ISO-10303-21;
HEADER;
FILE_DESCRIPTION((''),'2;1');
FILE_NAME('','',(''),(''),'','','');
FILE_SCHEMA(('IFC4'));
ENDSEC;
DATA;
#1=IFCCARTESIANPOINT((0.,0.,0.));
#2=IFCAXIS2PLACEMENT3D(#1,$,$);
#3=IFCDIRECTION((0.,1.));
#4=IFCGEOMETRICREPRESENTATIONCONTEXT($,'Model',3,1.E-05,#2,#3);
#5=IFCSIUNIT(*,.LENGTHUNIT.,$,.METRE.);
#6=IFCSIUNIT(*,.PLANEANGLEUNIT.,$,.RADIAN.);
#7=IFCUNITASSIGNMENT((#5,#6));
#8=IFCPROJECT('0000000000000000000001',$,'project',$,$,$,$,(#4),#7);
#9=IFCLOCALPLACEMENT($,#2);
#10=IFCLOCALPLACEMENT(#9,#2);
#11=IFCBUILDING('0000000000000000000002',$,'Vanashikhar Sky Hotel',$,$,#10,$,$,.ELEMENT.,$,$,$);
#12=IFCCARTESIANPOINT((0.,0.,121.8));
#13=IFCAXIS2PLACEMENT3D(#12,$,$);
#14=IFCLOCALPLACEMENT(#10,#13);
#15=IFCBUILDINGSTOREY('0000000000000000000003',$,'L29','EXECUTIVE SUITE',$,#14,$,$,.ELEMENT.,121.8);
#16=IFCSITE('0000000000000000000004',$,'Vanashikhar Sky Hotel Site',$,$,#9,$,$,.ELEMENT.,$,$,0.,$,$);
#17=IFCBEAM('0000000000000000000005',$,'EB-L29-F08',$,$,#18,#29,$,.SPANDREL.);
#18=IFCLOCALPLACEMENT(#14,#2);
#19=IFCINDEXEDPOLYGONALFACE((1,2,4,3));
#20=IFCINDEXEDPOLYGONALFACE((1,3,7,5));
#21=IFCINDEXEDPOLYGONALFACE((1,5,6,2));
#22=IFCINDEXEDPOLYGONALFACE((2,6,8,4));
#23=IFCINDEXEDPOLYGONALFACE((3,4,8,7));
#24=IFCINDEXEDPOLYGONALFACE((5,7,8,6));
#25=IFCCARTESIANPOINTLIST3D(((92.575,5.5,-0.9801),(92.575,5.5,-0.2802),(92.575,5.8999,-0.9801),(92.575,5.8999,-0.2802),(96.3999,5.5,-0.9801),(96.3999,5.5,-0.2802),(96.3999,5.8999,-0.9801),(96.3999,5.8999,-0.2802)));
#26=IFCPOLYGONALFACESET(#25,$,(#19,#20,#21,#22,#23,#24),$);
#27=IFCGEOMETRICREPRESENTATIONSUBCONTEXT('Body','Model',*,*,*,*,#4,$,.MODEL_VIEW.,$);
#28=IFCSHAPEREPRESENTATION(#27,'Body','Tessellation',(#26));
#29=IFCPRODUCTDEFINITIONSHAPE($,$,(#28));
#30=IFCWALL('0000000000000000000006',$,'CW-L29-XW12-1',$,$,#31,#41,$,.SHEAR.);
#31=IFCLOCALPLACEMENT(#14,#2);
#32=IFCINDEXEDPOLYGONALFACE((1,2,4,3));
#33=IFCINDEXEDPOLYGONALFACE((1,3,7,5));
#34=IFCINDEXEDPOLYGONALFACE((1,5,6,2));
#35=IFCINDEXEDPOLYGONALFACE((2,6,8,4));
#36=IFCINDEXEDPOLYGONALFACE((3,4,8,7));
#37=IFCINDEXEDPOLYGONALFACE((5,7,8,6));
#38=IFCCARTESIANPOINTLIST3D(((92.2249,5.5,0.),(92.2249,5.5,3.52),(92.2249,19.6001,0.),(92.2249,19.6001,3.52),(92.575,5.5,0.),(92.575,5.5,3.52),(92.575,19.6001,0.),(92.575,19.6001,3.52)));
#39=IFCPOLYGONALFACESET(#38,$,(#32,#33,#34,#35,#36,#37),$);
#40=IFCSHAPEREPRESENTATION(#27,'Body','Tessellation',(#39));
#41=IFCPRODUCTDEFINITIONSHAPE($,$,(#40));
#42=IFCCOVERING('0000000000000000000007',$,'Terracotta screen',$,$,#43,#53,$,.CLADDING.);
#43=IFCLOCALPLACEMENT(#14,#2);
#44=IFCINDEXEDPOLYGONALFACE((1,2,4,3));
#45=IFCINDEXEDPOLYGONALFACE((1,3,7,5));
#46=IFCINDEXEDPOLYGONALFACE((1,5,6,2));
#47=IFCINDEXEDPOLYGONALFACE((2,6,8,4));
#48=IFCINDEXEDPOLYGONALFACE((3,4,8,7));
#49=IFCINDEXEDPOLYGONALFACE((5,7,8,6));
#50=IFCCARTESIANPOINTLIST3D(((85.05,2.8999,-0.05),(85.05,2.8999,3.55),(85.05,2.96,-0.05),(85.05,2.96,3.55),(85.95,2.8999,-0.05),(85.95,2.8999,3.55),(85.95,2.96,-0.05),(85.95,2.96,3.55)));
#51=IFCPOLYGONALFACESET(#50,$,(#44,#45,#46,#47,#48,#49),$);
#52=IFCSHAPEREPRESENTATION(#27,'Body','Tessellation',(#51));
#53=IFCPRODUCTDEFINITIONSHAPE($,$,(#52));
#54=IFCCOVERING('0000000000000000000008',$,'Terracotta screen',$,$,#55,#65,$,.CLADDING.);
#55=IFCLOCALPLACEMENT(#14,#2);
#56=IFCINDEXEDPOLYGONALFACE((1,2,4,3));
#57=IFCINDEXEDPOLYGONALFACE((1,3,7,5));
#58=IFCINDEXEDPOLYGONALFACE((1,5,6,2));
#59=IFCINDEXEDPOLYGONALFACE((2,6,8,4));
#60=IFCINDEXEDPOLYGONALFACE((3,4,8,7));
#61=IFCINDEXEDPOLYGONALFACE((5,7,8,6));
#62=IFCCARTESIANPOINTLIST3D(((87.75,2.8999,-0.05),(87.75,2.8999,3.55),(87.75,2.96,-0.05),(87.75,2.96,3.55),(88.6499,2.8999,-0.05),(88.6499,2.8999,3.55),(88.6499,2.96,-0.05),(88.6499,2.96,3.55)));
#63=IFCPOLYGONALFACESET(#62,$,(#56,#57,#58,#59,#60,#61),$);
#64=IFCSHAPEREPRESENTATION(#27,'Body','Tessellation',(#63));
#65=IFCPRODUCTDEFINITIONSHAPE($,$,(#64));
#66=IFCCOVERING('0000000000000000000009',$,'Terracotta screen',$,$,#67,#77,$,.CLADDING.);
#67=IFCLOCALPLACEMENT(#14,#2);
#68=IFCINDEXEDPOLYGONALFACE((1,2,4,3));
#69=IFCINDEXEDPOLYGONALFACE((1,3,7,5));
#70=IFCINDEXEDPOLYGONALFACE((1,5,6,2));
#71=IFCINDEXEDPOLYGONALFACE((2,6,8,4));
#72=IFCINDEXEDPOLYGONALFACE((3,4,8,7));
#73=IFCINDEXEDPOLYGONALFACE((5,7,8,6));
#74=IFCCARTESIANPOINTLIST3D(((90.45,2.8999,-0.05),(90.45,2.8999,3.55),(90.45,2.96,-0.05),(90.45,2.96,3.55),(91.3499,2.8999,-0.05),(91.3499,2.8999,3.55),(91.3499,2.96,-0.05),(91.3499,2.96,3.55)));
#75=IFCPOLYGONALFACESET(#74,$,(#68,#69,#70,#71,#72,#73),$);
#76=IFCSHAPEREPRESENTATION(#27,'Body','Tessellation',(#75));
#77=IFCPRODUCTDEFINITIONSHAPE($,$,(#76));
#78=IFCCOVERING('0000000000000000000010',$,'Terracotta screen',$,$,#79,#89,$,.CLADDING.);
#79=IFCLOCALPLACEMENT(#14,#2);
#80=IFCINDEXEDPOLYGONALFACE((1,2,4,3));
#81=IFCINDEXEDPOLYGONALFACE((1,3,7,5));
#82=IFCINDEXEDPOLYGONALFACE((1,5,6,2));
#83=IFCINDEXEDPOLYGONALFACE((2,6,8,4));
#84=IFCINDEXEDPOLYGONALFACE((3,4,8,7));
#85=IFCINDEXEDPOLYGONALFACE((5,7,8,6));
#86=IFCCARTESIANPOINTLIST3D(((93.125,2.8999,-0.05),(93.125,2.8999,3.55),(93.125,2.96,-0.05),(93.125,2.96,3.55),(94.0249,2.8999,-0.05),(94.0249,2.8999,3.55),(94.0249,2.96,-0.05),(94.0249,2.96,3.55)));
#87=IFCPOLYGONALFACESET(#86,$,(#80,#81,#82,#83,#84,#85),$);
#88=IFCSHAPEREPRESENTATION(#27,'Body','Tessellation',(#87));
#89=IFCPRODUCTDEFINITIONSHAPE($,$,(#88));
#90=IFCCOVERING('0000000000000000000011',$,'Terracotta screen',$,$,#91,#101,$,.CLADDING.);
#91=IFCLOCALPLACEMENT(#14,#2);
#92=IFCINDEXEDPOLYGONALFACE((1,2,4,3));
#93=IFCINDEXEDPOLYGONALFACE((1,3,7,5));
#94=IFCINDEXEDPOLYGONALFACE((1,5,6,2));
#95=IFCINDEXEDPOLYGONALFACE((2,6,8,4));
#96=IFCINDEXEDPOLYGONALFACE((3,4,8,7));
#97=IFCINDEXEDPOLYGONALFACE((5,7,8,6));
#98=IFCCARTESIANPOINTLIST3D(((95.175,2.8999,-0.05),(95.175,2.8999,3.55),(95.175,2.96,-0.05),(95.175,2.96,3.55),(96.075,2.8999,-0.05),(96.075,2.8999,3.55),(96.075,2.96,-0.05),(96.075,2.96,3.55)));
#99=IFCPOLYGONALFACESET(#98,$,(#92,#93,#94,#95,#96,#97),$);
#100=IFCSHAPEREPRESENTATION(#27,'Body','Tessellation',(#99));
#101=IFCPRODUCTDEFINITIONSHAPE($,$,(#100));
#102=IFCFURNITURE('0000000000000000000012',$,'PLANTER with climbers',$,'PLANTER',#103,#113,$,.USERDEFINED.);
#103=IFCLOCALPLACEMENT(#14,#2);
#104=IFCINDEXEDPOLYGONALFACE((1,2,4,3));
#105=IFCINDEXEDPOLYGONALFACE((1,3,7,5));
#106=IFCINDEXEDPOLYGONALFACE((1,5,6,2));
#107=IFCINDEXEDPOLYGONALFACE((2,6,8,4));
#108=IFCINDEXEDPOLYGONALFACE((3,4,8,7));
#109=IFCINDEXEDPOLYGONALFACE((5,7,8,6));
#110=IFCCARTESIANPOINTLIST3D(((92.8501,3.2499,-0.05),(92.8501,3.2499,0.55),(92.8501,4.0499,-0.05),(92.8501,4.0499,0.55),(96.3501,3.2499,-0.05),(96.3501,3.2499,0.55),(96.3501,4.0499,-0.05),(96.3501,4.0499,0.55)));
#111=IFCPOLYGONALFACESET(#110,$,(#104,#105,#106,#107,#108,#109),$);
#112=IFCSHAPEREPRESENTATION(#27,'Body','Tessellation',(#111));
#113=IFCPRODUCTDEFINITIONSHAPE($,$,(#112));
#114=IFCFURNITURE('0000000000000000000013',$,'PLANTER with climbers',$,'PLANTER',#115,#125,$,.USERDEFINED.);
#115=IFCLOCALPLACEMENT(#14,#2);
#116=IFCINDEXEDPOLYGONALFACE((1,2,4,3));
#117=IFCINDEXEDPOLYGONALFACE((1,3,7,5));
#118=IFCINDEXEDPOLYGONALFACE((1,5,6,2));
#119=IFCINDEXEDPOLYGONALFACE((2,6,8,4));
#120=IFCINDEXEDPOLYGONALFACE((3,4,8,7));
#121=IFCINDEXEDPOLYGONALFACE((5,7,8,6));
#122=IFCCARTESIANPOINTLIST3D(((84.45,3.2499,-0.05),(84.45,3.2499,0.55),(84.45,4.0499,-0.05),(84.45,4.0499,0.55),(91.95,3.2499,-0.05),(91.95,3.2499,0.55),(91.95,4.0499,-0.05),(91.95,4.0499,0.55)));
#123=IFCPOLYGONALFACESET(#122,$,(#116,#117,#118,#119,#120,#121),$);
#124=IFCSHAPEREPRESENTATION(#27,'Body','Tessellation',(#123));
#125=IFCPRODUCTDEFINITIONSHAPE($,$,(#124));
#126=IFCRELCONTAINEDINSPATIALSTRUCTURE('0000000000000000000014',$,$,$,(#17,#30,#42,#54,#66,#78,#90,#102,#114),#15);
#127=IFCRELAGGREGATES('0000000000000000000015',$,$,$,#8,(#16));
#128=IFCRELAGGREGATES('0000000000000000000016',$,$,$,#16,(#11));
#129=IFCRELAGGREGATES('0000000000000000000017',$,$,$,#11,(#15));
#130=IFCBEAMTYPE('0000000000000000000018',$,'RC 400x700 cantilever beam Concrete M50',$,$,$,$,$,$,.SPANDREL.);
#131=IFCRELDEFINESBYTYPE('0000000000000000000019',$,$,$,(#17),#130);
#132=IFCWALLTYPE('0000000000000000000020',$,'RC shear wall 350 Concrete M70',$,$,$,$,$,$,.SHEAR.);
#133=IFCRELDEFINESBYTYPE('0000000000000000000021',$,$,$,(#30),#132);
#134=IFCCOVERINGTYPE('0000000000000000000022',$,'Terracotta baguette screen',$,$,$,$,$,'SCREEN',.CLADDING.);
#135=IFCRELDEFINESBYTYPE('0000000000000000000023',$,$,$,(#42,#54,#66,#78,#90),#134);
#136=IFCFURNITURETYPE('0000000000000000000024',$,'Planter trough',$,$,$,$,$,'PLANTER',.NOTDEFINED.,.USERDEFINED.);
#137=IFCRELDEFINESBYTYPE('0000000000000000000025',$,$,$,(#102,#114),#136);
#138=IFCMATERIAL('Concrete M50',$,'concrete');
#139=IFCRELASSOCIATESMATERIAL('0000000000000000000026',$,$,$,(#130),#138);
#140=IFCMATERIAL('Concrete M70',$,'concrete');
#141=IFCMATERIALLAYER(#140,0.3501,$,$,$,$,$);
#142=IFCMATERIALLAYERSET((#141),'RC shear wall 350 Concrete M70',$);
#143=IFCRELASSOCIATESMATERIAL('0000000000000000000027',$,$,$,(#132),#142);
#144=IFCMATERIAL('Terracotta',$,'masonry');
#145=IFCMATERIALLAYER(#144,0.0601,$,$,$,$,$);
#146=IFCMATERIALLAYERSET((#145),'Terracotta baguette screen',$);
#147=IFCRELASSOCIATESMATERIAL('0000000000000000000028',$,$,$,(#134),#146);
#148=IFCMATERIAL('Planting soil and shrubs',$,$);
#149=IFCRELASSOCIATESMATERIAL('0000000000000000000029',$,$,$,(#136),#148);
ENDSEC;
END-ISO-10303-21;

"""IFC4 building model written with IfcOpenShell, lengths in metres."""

from ifc_helpers import new_model, si_unit, direction, frame, frame_2d, origin, origin_2d, place, context, subcontext, project, spatial, rectangle, extrude, source, transform, mapped, material, layer, layer_set, material_profile, profile_set, type_object, element, save


model = new_model("IFC4")

# Units and contexts
model_context = context("Model", 3, precision=1e-05, world=origin(), true_north=direction((0.0, 1.0)))
body_context = subcontext(model_context, "Body", "Model", "MODEL_VIEW")
ifc_project = project(units=[si_unit("LENGTHUNIT", "METRE"), si_unit("PLANEANGLEUNIT", "RADIAN")], contexts=[model_context])

# Site, building, storey
site_placement = place(None, origin())
site = spatial("IfcSite", under=ifc_project, at=site_placement, Name="Vanashikhar Sky Hotel Site", CompositionType="ELEMENT", RefElevation=0.0)
building_placement = place(site_placement, origin())
building = spatial("IfcBuilding", under=site, at=building_placement, Name="Vanashikhar Sky Hotel", CompositionType="ELEMENT")
storey_placement = place(building_placement, frame((0.0, 0.0, 121.8)))
storey = spatial("IfcBuildingStorey", under=building, at=storey_placement, Name="L29", Description="EXECUTIVE SUITE", CompositionType="ELEMENT", Elevation=121.8)

# Beam
ifc_material_1 = material(Name="Concrete M50", Category="concrete")
ifc_material_profile = material_profile(ifc_material_1, rectangle(XDim=0.3999, YDim=0.7, at=origin_2d()))
ifc_profile_set = profile_set([ifc_material_profile], Name="RC 400x700 cantilever beam Concrete M50")
beam_type = type_object("IfcBeamType", Name="RC 400x700 cantilever beam Concrete M50", PredefinedType="SPANDREL", material=ifc_profile_set)
shared_shape_1 = source(origin(), body_context, "Body", "SweptSolid", [
    extrude(rectangle(XDim=0.3999, YDim=0.7, at=origin_2d()), origin(), (0.0, 0.0, 1.0), 3.825),
])
beam_placement = place(storey_placement, frame((92.575, 5.7, -0.6301), z_axis=(1.0, 0.0, 0.0), x_axis=(0.0, 1.0, 0.0)))
element("IfcBeam", 1, at=beam_placement, inside=storey, type_object=beam_type, Name="EB-L29-F08", PredefinedType="SPANDREL", context=body_context, shape_type="MappedRepresentation", body=[
    mapped(shared_shape_1, transform((0.0, 0.0, 0.0), scale=1.0)),
])

# Wall
ifc_material_2 = material(Name="Concrete M70", Category="concrete")
ifc_layer_1 = layer(ifc_material_2, 0.3501)
ifc_layer_set_1 = layer_set([ifc_layer_1], Name="RC shear wall 350 Concrete M70")
wall_type_1 = type_object("IfcWallType", Name="RC shear wall 350 Concrete M70", PredefinedType="SHEAR", material=ifc_layer_set_1)
shared_shape_2 = source(origin(), body_context, "Body", "SweptSolid", [
    extrude(rectangle(XDim=14.1001, YDim=0.3501, at=frame_2d((7.05, 0.0))), origin(), (0.0, 0.0, 1.0), 3.52),
])
wall_1_placement = place(storey_placement, frame((92.3999, 5.5, 0.0), z_axis=(0.0, 0.0, 1.0), x_axis=(0.0, 1.0, 0.0)))
element("IfcWall", 2, at=wall_1_placement, inside=storey, type_object=wall_type_1, Name="CW-L29-XW12-1", PredefinedType="SHEAR", context=body_context, shape_type="MappedRepresentation", body=[
    mapped(shared_shape_2, transform((0.0, 0.0, 0.0), scale=1.0)),
])

# Coverings
ifc_material_3 = material(Name="Terracotta", Category="masonry")
ifc_layer_2 = layer(ifc_material_3, 0.0601)
ifc_layer_set_2 = layer_set([ifc_layer_2], Name="Terracotta baguette screen")
covering_type = type_object("IfcCoveringType", Name="Terracotta baguette screen", ElementType="SCREEN", PredefinedType="CLADDING", material=ifc_layer_set_2)
shared_shape_3 = source(origin(), body_context, "Body", "SweptSolid", [
    extrude(rectangle(XDim=0.8999, YDim=0.0601, at=origin_2d()), origin(), (0.0, 0.0, 1.0), 3.6001),
])
for number, where, z_axis, x_axis, name in (
    (3, (85.5, 2.9299, -0.05), (0.0, 0.0, 1.0), (1.0, 0.0, 0.0), "Terracotta screen"),
    (4, (88.2, 2.9299, -0.05), (0.0, 0.0, 1.0), (1.0, 0.0, 0.0), "Terracotta screen"),
    (5, (90.8999, 2.9299, -0.05), (0.0, 0.0, 1.0), (1.0, 0.0, 0.0), "Terracotta screen"),
    (6, (93.575, 2.9299, -0.05), (0.0, 0.0, 1.0), (1.0, 0.0, 0.0), "Terracotta screen"),
    (7, (95.625, 2.9299, -0.05), (0.0, 0.0, 1.0), (1.0, 0.0, 0.0), "Terracotta screen"),
):
    element("IfcCovering", number, at=place(storey_placement, frame(where, z_axis=z_axis, x_axis=x_axis)), inside=storey, type_object=covering_type, Name=name, PredefinedType="CLADDING", context=body_context, shape_type="MappedRepresentation", body=[
        mapped(shared_shape_3, transform((0.0, 0.0, 0.0), scale=1.0)),
    ])

# Furniture
ifc_material_4 = material(Name="Planting soil and shrubs")
furniture_type = type_object("IfcFurnitureType", Name="Planter trough", ElementType="PLANTER", AssemblyPlace="NOTDEFINED", PredefinedType="USERDEFINED", material=ifc_material_4)
shared_shape_4 = source(origin(), body_context, "Body", "SweptSolid", [
    extrude(rectangle(XDim=3.5, YDim=0.8, at=origin_2d()), origin(), (0.0, 0.0, 1.0), 0.6001),
])
furniture_1_placement = place(storey_placement, frame((94.6001, 3.6499, -0.05), z_axis=(0.0, 0.0, 1.0), x_axis=(1.0, 0.0, 0.0)))
element("IfcFurniture", 8, at=furniture_1_placement, inside=storey, type_object=furniture_type, Name="PLANTER with climbers", ObjectType="PLANTER", PredefinedType="USERDEFINED", context=body_context, shape_type="MappedRepresentation", body=[
    mapped(shared_shape_4, transform((0.0, 0.0, 0.0), scale=1.0)),
])
shared_shape_5 = source(origin(), body_context, "Body", "SweptSolid", [
    extrude(rectangle(XDim=7.5, YDim=0.8, at=origin_2d()), origin(), (0.0, 0.0, 1.0), 0.6001),
])
furniture_2_placement = place(storey_placement, frame((88.2, 3.6499, -0.05), z_axis=(0.0, 0.0, 1.0), x_axis=(1.0, 0.0, 0.0)))
element("IfcFurniture", 9, at=furniture_2_placement, inside=storey, type_object=furniture_type, Name="PLANTER with climbers", ObjectType="PLANTER", PredefinedType="USERDEFINED", context=body_context, shape_type="MappedRepresentation", body=[
    mapped(shared_shape_5, transform((0.0, 0.0, 0.0), scale=1.0)),
])

save(model, "model.ifc")
